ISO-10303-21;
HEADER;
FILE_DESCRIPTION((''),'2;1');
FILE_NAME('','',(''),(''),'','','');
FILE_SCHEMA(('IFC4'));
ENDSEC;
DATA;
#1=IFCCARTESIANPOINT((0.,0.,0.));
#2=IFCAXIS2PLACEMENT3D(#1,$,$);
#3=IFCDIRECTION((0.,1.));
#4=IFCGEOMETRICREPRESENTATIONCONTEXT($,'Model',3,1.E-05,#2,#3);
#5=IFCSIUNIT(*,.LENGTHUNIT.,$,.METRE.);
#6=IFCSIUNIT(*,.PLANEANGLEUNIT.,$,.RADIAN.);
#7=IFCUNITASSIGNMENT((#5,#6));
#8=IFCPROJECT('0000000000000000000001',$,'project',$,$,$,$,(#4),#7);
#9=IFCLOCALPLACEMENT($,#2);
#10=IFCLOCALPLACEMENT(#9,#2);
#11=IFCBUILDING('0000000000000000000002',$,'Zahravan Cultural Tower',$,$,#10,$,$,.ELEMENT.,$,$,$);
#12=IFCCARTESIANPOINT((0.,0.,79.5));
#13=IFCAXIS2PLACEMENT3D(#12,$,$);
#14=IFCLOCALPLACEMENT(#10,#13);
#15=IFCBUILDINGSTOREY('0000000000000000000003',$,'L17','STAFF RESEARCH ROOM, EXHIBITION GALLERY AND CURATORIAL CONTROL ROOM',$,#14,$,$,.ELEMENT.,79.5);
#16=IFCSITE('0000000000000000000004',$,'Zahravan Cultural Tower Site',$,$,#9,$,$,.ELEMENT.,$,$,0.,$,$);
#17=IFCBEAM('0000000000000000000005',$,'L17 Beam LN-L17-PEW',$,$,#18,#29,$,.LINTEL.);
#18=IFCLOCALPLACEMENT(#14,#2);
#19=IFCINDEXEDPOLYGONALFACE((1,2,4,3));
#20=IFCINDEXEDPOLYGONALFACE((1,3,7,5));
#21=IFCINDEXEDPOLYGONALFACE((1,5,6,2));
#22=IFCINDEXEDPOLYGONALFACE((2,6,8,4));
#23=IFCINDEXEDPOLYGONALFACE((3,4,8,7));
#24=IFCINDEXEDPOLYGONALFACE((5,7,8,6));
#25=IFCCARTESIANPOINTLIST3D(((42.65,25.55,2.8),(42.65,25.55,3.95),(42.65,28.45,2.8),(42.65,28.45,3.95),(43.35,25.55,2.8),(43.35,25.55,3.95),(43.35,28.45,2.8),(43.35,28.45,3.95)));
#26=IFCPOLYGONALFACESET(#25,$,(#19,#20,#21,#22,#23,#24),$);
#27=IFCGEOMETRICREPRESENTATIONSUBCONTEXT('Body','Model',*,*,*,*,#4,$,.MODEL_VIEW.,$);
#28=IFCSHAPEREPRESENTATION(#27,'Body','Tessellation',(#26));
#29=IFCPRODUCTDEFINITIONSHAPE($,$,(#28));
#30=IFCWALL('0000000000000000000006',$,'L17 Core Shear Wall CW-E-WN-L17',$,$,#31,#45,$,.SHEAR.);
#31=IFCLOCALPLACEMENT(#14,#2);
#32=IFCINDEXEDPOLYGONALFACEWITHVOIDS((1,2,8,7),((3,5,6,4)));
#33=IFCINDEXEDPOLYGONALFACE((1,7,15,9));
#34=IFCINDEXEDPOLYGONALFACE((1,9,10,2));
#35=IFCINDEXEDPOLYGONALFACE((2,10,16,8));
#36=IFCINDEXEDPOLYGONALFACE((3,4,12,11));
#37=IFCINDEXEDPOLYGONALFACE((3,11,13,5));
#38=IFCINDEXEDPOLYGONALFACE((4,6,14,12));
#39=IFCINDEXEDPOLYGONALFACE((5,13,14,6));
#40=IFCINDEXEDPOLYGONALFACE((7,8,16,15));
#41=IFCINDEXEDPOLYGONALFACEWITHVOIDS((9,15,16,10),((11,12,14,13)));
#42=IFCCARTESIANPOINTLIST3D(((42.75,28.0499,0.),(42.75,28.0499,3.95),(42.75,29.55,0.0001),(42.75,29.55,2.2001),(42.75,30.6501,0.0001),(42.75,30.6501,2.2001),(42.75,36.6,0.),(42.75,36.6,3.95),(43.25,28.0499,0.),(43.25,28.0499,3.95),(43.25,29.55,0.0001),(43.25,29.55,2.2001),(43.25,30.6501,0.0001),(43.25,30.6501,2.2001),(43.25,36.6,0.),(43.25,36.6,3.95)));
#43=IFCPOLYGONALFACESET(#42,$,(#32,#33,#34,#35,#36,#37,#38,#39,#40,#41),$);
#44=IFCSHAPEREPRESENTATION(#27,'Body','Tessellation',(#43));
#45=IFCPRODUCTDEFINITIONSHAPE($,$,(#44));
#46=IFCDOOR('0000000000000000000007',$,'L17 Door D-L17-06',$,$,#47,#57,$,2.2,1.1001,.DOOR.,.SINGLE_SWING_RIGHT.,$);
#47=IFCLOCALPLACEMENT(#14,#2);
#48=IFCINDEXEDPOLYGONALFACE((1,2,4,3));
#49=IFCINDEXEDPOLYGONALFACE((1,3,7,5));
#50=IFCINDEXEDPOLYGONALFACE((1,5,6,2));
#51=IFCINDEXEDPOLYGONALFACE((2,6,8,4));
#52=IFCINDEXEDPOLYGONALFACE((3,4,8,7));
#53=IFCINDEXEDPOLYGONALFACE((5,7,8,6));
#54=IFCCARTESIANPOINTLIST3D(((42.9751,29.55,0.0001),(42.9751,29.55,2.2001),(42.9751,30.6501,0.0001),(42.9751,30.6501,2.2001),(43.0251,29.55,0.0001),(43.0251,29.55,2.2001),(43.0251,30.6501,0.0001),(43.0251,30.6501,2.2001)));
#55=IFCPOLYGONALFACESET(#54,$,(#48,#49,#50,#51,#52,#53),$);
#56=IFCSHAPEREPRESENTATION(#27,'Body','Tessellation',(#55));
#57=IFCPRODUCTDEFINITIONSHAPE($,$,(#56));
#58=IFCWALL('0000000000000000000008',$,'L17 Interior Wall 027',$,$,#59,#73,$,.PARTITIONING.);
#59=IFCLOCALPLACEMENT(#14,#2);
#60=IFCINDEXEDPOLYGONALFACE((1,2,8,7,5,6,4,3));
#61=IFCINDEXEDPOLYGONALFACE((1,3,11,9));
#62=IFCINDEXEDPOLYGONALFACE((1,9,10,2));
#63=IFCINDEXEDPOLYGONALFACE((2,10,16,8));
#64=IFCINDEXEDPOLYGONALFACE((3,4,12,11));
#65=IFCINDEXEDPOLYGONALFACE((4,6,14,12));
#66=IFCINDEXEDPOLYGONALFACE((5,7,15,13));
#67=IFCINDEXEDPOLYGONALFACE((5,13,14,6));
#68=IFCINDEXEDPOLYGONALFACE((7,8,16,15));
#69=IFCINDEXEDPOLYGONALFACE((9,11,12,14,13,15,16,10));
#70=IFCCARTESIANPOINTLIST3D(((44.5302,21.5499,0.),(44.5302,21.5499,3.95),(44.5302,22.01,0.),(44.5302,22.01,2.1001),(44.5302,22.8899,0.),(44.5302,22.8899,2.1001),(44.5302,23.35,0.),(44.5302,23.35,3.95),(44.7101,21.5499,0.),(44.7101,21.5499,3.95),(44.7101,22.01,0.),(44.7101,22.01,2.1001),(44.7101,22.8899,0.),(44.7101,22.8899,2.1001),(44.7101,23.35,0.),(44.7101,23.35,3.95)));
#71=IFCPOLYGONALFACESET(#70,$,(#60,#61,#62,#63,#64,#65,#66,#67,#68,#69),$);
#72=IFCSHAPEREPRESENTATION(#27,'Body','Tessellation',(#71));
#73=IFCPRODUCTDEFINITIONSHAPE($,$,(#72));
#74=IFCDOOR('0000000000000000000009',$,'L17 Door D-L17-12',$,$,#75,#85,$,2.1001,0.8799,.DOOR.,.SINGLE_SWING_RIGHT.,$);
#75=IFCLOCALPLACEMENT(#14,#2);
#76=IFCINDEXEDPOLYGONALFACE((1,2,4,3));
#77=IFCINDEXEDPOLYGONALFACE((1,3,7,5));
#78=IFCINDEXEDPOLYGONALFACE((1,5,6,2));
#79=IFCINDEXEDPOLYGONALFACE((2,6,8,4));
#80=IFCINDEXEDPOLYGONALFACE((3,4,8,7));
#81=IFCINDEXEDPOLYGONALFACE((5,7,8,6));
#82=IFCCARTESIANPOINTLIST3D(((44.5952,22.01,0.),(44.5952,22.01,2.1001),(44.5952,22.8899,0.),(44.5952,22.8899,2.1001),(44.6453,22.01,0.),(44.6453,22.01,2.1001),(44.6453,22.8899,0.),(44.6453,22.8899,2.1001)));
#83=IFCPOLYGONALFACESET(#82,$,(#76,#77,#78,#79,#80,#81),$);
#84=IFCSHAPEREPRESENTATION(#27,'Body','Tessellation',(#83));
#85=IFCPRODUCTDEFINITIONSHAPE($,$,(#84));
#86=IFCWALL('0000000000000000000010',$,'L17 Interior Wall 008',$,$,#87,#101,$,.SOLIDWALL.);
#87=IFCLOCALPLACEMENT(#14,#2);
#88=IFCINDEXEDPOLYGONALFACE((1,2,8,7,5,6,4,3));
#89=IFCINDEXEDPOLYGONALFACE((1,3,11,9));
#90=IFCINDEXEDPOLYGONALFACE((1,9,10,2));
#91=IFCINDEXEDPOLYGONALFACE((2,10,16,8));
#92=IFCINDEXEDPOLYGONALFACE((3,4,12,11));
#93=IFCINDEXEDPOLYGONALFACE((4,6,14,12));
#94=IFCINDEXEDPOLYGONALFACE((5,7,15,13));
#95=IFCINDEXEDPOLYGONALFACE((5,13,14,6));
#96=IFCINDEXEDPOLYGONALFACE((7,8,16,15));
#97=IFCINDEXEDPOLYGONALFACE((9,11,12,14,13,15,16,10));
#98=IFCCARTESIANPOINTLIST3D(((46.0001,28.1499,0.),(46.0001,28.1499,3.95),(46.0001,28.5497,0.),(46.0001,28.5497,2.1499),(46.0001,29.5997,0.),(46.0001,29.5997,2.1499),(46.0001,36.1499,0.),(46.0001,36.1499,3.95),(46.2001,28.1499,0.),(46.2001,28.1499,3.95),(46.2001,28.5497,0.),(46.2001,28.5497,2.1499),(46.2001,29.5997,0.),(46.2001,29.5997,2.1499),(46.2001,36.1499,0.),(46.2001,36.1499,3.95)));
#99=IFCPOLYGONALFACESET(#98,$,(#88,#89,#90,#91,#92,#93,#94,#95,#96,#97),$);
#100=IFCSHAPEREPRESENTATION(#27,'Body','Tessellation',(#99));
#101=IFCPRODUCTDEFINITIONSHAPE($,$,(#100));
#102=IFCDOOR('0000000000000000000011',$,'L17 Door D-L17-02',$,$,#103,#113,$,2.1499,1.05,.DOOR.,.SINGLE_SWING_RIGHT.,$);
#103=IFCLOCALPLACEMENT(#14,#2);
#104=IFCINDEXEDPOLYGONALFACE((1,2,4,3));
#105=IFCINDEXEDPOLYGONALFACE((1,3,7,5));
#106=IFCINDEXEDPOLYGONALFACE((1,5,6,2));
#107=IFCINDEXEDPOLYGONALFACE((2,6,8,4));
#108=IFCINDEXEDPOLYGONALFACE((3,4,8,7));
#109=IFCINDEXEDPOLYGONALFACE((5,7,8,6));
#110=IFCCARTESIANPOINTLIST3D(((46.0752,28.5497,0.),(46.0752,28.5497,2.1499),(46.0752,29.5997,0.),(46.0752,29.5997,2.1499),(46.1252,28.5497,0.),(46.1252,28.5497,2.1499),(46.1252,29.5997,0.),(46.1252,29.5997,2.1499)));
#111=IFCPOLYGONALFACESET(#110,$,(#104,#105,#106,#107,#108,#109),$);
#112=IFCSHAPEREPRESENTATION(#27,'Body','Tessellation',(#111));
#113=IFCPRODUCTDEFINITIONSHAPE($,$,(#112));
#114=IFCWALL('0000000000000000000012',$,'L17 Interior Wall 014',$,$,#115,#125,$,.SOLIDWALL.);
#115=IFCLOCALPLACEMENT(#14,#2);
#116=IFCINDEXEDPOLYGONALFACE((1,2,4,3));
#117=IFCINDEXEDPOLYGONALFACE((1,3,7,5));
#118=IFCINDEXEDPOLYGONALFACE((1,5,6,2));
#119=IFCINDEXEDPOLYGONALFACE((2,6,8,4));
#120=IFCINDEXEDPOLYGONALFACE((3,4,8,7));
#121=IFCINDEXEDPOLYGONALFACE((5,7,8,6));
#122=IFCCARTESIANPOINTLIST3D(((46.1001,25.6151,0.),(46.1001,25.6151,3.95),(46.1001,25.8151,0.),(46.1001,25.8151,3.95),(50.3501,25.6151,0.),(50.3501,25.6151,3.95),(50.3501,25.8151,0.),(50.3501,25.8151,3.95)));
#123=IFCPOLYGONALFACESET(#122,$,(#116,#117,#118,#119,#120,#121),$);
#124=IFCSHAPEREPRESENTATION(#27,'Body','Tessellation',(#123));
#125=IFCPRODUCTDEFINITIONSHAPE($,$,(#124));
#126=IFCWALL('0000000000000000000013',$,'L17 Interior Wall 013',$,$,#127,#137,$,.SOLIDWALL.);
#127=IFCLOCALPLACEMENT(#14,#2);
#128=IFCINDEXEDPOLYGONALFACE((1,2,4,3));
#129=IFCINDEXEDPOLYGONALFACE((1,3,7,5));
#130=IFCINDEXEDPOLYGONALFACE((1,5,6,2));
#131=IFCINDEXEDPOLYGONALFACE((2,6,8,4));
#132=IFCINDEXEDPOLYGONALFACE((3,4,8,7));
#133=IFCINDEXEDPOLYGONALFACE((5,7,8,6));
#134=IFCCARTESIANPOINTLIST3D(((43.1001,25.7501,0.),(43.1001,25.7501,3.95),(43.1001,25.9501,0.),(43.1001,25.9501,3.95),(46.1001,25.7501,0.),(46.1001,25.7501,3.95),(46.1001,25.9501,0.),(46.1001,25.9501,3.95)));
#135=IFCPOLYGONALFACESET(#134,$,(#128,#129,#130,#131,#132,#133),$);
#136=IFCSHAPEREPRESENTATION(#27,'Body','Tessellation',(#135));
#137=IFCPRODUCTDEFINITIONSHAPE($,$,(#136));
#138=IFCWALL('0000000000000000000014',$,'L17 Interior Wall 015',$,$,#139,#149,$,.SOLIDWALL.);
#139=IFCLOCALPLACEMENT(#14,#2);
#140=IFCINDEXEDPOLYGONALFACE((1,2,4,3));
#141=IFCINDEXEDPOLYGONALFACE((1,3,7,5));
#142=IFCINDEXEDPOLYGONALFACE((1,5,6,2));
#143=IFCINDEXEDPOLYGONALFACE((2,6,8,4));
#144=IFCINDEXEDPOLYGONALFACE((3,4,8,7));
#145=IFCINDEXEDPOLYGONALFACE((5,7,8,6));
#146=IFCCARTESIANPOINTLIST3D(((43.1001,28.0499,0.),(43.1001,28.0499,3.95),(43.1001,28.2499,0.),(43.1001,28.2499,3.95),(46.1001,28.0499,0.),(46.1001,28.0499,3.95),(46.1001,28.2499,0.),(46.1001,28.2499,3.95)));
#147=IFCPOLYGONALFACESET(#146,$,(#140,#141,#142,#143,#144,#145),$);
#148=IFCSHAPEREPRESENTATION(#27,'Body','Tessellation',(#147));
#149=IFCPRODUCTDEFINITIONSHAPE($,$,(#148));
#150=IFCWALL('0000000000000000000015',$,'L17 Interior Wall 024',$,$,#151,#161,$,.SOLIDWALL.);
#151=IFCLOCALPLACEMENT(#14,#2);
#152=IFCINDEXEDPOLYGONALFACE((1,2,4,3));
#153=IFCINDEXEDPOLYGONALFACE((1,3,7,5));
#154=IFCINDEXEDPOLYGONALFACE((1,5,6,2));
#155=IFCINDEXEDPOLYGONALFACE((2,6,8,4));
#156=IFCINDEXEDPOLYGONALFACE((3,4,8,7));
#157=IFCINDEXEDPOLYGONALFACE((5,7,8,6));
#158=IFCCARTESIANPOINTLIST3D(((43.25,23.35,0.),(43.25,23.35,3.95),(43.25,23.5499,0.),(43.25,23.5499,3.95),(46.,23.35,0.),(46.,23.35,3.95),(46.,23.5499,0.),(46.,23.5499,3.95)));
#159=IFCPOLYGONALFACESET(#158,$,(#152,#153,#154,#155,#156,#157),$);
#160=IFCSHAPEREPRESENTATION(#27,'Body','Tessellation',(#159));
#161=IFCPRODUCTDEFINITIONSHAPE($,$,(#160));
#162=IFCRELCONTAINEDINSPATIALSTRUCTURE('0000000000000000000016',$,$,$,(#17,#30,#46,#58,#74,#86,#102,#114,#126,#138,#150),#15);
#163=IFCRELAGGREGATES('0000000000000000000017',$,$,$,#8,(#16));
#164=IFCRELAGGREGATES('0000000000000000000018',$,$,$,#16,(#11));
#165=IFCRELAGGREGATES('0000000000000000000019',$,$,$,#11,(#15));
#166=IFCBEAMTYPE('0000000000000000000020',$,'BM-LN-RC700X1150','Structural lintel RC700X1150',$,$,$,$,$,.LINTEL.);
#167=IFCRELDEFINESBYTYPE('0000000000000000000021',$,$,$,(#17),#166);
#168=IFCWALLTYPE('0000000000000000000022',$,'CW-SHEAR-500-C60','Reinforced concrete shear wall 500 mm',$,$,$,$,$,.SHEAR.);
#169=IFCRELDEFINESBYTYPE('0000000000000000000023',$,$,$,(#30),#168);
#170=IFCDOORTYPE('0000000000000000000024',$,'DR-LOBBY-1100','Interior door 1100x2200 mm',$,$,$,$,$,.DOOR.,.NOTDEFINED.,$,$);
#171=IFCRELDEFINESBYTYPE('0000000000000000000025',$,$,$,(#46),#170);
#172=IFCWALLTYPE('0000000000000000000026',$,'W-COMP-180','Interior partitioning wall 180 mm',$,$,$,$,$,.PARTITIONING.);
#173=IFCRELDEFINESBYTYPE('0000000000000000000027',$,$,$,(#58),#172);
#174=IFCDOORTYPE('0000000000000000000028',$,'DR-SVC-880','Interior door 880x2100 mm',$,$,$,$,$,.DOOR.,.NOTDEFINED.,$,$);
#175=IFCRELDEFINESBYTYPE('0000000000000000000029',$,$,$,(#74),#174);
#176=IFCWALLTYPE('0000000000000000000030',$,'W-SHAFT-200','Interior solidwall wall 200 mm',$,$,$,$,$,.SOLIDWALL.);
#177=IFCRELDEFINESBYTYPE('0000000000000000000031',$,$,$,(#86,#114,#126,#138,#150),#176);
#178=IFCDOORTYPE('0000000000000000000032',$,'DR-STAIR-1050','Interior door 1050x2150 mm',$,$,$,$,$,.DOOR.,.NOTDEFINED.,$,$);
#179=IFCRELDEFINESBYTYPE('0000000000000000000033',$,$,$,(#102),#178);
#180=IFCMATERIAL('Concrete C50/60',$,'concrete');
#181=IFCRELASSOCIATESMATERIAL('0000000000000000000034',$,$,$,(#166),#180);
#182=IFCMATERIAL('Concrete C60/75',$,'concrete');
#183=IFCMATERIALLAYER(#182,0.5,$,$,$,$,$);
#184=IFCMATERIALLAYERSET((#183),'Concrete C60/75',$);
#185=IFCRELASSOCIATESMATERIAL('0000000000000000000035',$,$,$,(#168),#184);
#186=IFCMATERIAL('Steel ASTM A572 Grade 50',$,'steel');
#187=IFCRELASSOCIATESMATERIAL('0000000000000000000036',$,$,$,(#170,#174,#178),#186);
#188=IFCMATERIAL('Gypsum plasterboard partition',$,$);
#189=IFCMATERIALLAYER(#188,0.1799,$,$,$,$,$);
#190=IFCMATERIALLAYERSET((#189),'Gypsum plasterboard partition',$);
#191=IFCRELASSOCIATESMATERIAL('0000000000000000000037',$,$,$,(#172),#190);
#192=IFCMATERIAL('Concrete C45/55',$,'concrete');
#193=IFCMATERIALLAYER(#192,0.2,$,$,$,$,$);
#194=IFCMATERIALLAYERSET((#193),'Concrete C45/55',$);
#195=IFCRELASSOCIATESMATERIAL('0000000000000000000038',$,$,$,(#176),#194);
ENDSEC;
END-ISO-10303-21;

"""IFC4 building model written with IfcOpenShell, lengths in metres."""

from ifc_helpers import new_model, si_unit, direction, frame, frame_2d, origin, origin_2d, place, context, subcontext, project, spatial, rectangle, extrude, source, transform, mapped, material, layer, layer_set, material_profile, profile_set, type_object, element, fill, save


model = new_model("IFC4")

# Units and contexts
model_context = context("Model", 3, precision=1e-05, world=origin(), true_north=direction((0.0, 1.0)))
body_context = subcontext(model_context, "Body", "Model", "MODEL_VIEW")
ifc_project = project(units=[si_unit("LENGTHUNIT", "METRE"), si_unit("PLANEANGLEUNIT", "RADIAN")], contexts=[model_context])

# Site, building, storey
site_placement = place(None, origin())
site = spatial("IfcSite", under=ifc_project, at=site_placement, Name="Zahravan Cultural Tower Site", CompositionType="ELEMENT", RefElevation=0.0)
building_placement = place(site_placement, origin())
building = spatial("IfcBuilding", under=site, at=building_placement, Name="Zahravan Cultural Tower", CompositionType="ELEMENT")
storey_placement = place(building_placement, frame((0.0, 0.0, 79.5)))
storey = spatial("IfcBuildingStorey", under=building, at=storey_placement, Name="L17", Description="STAFF RESEARCH ROOM, EXHIBITION GALLERY AND CURATORIAL CONTROL ROOM", CompositionType="ELEMENT", Elevation=79.5)

# Beam
ifc_material_1 = material(Name="Concrete C50/60", Category="concrete")
ifc_material_profile = material_profile(ifc_material_1, rectangle(XDim=0.7, YDim=1.1499, at=origin_2d()), Name="RC700X1150")
ifc_profile_set = profile_set([ifc_material_profile], Name="Concrete C50/60")
beam_type = type_object("IfcBeamType", Name="BM-LN-RC700X1150", Description="Structural lintel RC700X1150", PredefinedType="LINTEL", material=ifc_profile_set)
shared_shape_1 = source(origin(), body_context, "Body", "SweptSolid", [
    extrude(rectangle(XDim=0.7, YDim=1.1499, at=origin_2d()), origin(), (0.0, 0.0, 1.0), 2.8999),
])
beam_placement = place(storey_placement, frame((43.0, 25.55, 3.375), z_axis=(0.0, 1.0, 0.0), x_axis=(-1.0, 0.0, 0.0)))
element("IfcBeam", 1, at=beam_placement, inside=storey, type_object=beam_type, Name="L17 Beam LN-L17-PEW", PredefinedType="LINTEL", context=body_context, shape_type="MappedRepresentation", body=[
    mapped(shared_shape_1, transform((0.0, 0.0, 0.0), x_axis=(1.0, 0.0, 0.0), y_axis=(0.0, 1.0, 0.0), z_axis=(0.0, 0.0, 1.0), scale=1.0)),
])

# Walls, openings, doors
ifc_material_2 = material(Name="Concrete C60/75", Category="concrete")
ifc_layer_1 = layer(ifc_material_2, 0.5)
ifc_layer_set_1 = layer_set([ifc_layer_1], Name="Concrete C60/75")
wall_type_1 = type_object("IfcWallType", Name="CW-SHEAR-500-C60", Description="Reinforced concrete shear wall 500 mm", PredefinedType="SHEAR", material=ifc_layer_set_1)
wall_1_placement = place(storey_placement, frame((43.0, 28.05, 0.0), z_axis=(0.0, 0.0, 1.0), x_axis=(0.0, 1.0, 0.0)))
wall_1 = element("IfcWall", 2, at=wall_1_placement, inside=storey, type_object=wall_type_1, Name="L17 Core Shear Wall CW-E-WN-L17", PredefinedType="SHEAR", context=body_context, shape_type="SweptSolid", body=[
    extrude(rectangle(XDim=8.55, YDim=0.5, at=frame_2d((4.2749, 0.0))), origin(), (0.0, 0.0, 1.0), 3.95),
])
opening_1_placement = place(wall_1_placement, frame((1.5, 0.0, 0.0)))
opening_1 = element("IfcOpeningElement", 3, at=opening_1_placement, cuts=wall_1, PredefinedType="OPENING", context=body_context, shape_type="SweptSolid", body=[
    extrude(rectangle(XDim=1.1001, YDim=2.2, at=frame_2d((0.55, 1.1001))), frame((0.0, 0.26, 0.0), z_axis=(0.0, -1.0, 0.0), x_axis=(1.0, 0.0, 0.0)), (0.0, 0.0, 1.0), 0.52),
])
ifc_material_3 = material(Name="Steel ASTM A572 Grade 50", Category="steel")
door_type_1 = type_object("IfcDoorType", Name="DR-LOBBY-1100", Description="Interior door 1100x2200 mm", OperationType="NOTDEFINED", PredefinedType="DOOR", material=ifc_material_3)
shared_shape_2 = source(origin(), body_context, "Body", "SweptSolid", [
    extrude(rectangle(XDim=1.1001, YDim=2.2, at=frame_2d((0.55, 1.1001))), frame((0.0, 0.0249, 0.0), z_axis=(0.0, -1.0, 0.0), x_axis=(1.0, 0.0, 0.0)), (0.0, 0.0, 1.0), 0.05),
])
door_1_placement = place(opening_1_placement, origin())
door_1 = element("IfcDoor", 4, at=door_1_placement, inside=storey, type_object=door_type_1, Name="L17 Door D-L17-06", OperationType="SINGLE_SWING_RIGHT", OverallHeight=2.2, OverallWidth=1.1001, PredefinedType="DOOR", context=body_context, shape_type="MappedRepresentation", body=[
    mapped(shared_shape_2, transform((0.0, 0.0, 0.0), x_axis=(1.0, 0.0, 0.0), y_axis=(0.0, 1.0, 0.0), z_axis=(0.0, 0.0, 1.0), scale=1.0)),
])
fill(opening_1, door_1)
ifc_material_4 = material(Name="Gypsum plasterboard partition")
ifc_layer_2 = layer(ifc_material_4, 0.1799)
ifc_layer_set_2 = layer_set([ifc_layer_2], Name="Gypsum plasterboard partition")
wall_type_2 = type_object("IfcWallType", Name="W-COMP-180", Description="Interior partitioning wall 180 mm", PredefinedType="PARTITIONING", material=ifc_layer_set_2)
wall_2_placement = place(storey_placement, frame((44.6201, 21.55, 0.0), z_axis=(0.0, 0.0, 1.0), x_axis=(0.0, 1.0, 0.0)))
wall_2 = element("IfcWall", 5, at=wall_2_placement, inside=storey, type_object=wall_type_2, Name="L17 Interior Wall 027", PredefinedType="PARTITIONING", context=body_context, shape_type="SweptSolid", body=[
    extrude(rectangle(XDim=1.8, YDim=0.1799, at=frame_2d((0.8999, 0.0))), origin(), (0.0, 0.0, 1.0), 3.95),
])
opening_2_placement = place(wall_2_placement, frame((0.46, 0.0, 0.0)))
opening_2 = element("IfcOpeningElement", 6, at=opening_2_placement, cuts=wall_2, PredefinedType="OPENING", context=body_context, shape_type="SweptSolid", body=[
    extrude(rectangle(XDim=0.8799, YDim=2.1001, at=frame_2d((0.4399, 1.05))), frame((0.0, 0.0999, 0.0), z_axis=(0.0, -1.0, 0.0), x_axis=(1.0, 0.0, 0.0)), (0.0, 0.0, 1.0), 0.2),
])
door_type_2 = type_object("IfcDoorType", Name="DR-SVC-880", Description="Interior door 880x2100 mm", OperationType="NOTDEFINED", PredefinedType="DOOR", material=ifc_material_3)
shared_shape_3 = source(origin(), body_context, "Body", "SweptSolid", [
    extrude(rectangle(XDim=0.8799, YDim=2.1001, at=frame_2d((0.4399, 1.05))), frame((0.0, 0.0249, 0.0), z_axis=(0.0, -1.0, 0.0), x_axis=(1.0, 0.0, 0.0)), (0.0, 0.0, 1.0), 0.05),
])
door_2_placement = place(opening_2_placement, origin())
door_2 = element("IfcDoor", 7, at=door_2_placement, inside=storey, type_object=door_type_2, Name="L17 Door D-L17-12", OperationType="SINGLE_SWING_RIGHT", OverallHeight=2.1001, OverallWidth=0.8799, PredefinedType="DOOR", context=body_context, shape_type="MappedRepresentation", body=[
    mapped(shared_shape_3, transform((0.0, 0.0, 0.0), x_axis=(1.0, 0.0, 0.0), y_axis=(0.0, 1.0, 0.0), z_axis=(0.0, 0.0, 1.0), scale=1.0)),
])
fill(opening_2, door_2)
ifc_material_5 = material(Name="Concrete C45/55", Category="concrete")
ifc_layer_3 = layer(ifc_material_5, 0.2)
ifc_layer_set_3 = layer_set([ifc_layer_3], Name="Concrete C45/55")
wall_type_3 = type_object("IfcWallType", Name="W-SHAFT-200", Description="Interior solidwall wall 200 mm", PredefinedType="SOLIDWALL", material=ifc_layer_set_3)
wall_3_placement = place(storey_placement, frame((46.1001, 28.1499, 0.0), z_axis=(0.0, 0.0, 1.0), x_axis=(0.0, 1.0, 0.0)))
wall_3 = element("IfcWall", 8, at=wall_3_placement, inside=storey, type_object=wall_type_3, Name="L17 Interior Wall 008", PredefinedType="SOLIDWALL", context=body_context, shape_type="SweptSolid", body=[
    extrude(rectangle(XDim=8.0, YDim=0.2, at=frame_2d((4.0, 0.0))), origin(), (0.0, 0.0, 1.0), 3.95),
])
opening_3_placement = place(wall_3_placement, frame((0.3999, 0.0, 0.0)))
opening_3 = element("IfcOpeningElement", 9, at=opening_3_placement, cuts=wall_3, PredefinedType="OPENING", context=body_context, shape_type="SweptSolid", body=[
    extrude(rectangle(XDim=1.05, YDim=2.1499, at=frame_2d((0.5249, 1.075))), frame((0.0, 0.1099, 0.0), z_axis=(0.0, -1.0, 0.0), x_axis=(1.0, 0.0, 0.0)), (0.0, 0.0, 1.0), 0.22),
])
door_type_3 = type_object("IfcDoorType", Name="DR-STAIR-1050", Description="Interior door 1050x2150 mm", OperationType="NOTDEFINED", PredefinedType="DOOR", material=ifc_material_3)
shared_shape_4 = source(origin(), body_context, "Body", "SweptSolid", [
    extrude(rectangle(XDim=1.05, YDim=2.1499, at=frame_2d((0.5249, 1.075))), frame((0.0, 0.0249, 0.0), z_axis=(0.0, -1.0, 0.0), x_axis=(1.0, 0.0, 0.0)), (0.0, 0.0, 1.0), 0.05),
])
door_3_placement = place(opening_3_placement, origin())
door_3 = element("IfcDoor", 10, at=door_3_placement, inside=storey, type_object=door_type_3, Name="L17 Door D-L17-02", OperationType="SINGLE_SWING_RIGHT", OverallHeight=2.1499, OverallWidth=1.05, PredefinedType="DOOR", context=body_context, shape_type="MappedRepresentation", body=[
    mapped(shared_shape_4, transform((0.0, 0.0, 0.0), x_axis=(1.0, 0.0, 0.0), y_axis=(0.0, 1.0, 0.0), z_axis=(0.0, 0.0, 1.0), scale=1.0)),
])
fill(opening_3, door_3)

# Walls
shared_shape_5 = source(origin(), body_context, "Body", "SweptSolid", [
    extrude(rectangle(XDim=4.25, YDim=0.2, at=frame_2d((2.125, 0.0))), origin(), (0.0, 0.0, 1.0), 3.95),
])
wall_4_placement = place(storey_placement, frame((46.1001, 25.7151, 0.0), z_axis=(0.0, 0.0, 1.0), x_axis=(1.0, 0.0, 0.0)))
element("IfcWall", 11, at=wall_4_placement, inside=storey, type_object=wall_type_3, Name="L17 Interior Wall 014", PredefinedType="SOLIDWALL", context=body_context, shape_type="MappedRepresentation", body=[
    mapped(shared_shape_5, transform((0.0, 0.0, 0.0), x_axis=(1.0, 0.0, 0.0), y_axis=(0.0, 1.0, 0.0), z_axis=(0.0, 0.0, 1.0), scale=1.0)),
])
shared_shape_6 = source(origin(), body_context, "Body", "SweptSolid", [
    extrude(rectangle(XDim=3.0, YDim=0.2, at=frame_2d((1.5, 0.0))), origin(), (0.0, 0.0, 1.0), 3.95),
])
for number, where, z_axis, x_axis, name in (
    (12, (43.1001, 25.8501, 0.0), (0.0, 0.0, 1.0), (1.0, 0.0, 0.0), "L17 Interior Wall 013"),
    (13, (43.1001, 28.1499, 0.0), (0.0, 0.0, 1.0), (1.0, 0.0, 0.0), "L17 Interior Wall 015"),
):
    element("IfcWall", number, at=place(storey_placement, frame(where, z_axis=z_axis, x_axis=x_axis)), inside=storey, type_object=wall_type_3, Name=name, PredefinedType="SOLIDWALL", context=body_context, shape_type="MappedRepresentation", body=[
        mapped(shared_shape_6, transform((0.0, 0.0, 0.0), x_axis=(1.0, 0.0, 0.0), y_axis=(0.0, 1.0, 0.0), z_axis=(0.0, 0.0, 1.0), scale=1.0)),
    ])
shared_shape_7 = source(origin(), body_context, "Body", "SweptSolid", [
    extrude(rectangle(XDim=2.75, YDim=0.2, at=frame_2d((1.375, 0.0))), origin(), (0.0, 0.0, 1.0), 3.95),
])
for number, where, z_axis, x_axis, name in (
    (14, (43.25, 23.45, 0.0), (0.0, 0.0, 1.0), (1.0, 0.0, 0.0), "L17 Interior Wall 024"),
):
    element("IfcWall", number, at=place(storey_placement, frame(where, z_axis=z_axis, x_axis=x_axis)), inside=storey, type_object=wall_type_3, Name=name, PredefinedType="SOLIDWALL", context=body_context, shape_type="MappedRepresentation", body=[
        mapped(shared_shape_7, transform((0.0, 0.0, 0.0), x_axis=(1.0, 0.0, 0.0), y_axis=(0.0, 1.0, 0.0), z_axis=(0.0, 0.0, 1.0), scale=1.0)),
    ])

save(model, "model.ifc")
